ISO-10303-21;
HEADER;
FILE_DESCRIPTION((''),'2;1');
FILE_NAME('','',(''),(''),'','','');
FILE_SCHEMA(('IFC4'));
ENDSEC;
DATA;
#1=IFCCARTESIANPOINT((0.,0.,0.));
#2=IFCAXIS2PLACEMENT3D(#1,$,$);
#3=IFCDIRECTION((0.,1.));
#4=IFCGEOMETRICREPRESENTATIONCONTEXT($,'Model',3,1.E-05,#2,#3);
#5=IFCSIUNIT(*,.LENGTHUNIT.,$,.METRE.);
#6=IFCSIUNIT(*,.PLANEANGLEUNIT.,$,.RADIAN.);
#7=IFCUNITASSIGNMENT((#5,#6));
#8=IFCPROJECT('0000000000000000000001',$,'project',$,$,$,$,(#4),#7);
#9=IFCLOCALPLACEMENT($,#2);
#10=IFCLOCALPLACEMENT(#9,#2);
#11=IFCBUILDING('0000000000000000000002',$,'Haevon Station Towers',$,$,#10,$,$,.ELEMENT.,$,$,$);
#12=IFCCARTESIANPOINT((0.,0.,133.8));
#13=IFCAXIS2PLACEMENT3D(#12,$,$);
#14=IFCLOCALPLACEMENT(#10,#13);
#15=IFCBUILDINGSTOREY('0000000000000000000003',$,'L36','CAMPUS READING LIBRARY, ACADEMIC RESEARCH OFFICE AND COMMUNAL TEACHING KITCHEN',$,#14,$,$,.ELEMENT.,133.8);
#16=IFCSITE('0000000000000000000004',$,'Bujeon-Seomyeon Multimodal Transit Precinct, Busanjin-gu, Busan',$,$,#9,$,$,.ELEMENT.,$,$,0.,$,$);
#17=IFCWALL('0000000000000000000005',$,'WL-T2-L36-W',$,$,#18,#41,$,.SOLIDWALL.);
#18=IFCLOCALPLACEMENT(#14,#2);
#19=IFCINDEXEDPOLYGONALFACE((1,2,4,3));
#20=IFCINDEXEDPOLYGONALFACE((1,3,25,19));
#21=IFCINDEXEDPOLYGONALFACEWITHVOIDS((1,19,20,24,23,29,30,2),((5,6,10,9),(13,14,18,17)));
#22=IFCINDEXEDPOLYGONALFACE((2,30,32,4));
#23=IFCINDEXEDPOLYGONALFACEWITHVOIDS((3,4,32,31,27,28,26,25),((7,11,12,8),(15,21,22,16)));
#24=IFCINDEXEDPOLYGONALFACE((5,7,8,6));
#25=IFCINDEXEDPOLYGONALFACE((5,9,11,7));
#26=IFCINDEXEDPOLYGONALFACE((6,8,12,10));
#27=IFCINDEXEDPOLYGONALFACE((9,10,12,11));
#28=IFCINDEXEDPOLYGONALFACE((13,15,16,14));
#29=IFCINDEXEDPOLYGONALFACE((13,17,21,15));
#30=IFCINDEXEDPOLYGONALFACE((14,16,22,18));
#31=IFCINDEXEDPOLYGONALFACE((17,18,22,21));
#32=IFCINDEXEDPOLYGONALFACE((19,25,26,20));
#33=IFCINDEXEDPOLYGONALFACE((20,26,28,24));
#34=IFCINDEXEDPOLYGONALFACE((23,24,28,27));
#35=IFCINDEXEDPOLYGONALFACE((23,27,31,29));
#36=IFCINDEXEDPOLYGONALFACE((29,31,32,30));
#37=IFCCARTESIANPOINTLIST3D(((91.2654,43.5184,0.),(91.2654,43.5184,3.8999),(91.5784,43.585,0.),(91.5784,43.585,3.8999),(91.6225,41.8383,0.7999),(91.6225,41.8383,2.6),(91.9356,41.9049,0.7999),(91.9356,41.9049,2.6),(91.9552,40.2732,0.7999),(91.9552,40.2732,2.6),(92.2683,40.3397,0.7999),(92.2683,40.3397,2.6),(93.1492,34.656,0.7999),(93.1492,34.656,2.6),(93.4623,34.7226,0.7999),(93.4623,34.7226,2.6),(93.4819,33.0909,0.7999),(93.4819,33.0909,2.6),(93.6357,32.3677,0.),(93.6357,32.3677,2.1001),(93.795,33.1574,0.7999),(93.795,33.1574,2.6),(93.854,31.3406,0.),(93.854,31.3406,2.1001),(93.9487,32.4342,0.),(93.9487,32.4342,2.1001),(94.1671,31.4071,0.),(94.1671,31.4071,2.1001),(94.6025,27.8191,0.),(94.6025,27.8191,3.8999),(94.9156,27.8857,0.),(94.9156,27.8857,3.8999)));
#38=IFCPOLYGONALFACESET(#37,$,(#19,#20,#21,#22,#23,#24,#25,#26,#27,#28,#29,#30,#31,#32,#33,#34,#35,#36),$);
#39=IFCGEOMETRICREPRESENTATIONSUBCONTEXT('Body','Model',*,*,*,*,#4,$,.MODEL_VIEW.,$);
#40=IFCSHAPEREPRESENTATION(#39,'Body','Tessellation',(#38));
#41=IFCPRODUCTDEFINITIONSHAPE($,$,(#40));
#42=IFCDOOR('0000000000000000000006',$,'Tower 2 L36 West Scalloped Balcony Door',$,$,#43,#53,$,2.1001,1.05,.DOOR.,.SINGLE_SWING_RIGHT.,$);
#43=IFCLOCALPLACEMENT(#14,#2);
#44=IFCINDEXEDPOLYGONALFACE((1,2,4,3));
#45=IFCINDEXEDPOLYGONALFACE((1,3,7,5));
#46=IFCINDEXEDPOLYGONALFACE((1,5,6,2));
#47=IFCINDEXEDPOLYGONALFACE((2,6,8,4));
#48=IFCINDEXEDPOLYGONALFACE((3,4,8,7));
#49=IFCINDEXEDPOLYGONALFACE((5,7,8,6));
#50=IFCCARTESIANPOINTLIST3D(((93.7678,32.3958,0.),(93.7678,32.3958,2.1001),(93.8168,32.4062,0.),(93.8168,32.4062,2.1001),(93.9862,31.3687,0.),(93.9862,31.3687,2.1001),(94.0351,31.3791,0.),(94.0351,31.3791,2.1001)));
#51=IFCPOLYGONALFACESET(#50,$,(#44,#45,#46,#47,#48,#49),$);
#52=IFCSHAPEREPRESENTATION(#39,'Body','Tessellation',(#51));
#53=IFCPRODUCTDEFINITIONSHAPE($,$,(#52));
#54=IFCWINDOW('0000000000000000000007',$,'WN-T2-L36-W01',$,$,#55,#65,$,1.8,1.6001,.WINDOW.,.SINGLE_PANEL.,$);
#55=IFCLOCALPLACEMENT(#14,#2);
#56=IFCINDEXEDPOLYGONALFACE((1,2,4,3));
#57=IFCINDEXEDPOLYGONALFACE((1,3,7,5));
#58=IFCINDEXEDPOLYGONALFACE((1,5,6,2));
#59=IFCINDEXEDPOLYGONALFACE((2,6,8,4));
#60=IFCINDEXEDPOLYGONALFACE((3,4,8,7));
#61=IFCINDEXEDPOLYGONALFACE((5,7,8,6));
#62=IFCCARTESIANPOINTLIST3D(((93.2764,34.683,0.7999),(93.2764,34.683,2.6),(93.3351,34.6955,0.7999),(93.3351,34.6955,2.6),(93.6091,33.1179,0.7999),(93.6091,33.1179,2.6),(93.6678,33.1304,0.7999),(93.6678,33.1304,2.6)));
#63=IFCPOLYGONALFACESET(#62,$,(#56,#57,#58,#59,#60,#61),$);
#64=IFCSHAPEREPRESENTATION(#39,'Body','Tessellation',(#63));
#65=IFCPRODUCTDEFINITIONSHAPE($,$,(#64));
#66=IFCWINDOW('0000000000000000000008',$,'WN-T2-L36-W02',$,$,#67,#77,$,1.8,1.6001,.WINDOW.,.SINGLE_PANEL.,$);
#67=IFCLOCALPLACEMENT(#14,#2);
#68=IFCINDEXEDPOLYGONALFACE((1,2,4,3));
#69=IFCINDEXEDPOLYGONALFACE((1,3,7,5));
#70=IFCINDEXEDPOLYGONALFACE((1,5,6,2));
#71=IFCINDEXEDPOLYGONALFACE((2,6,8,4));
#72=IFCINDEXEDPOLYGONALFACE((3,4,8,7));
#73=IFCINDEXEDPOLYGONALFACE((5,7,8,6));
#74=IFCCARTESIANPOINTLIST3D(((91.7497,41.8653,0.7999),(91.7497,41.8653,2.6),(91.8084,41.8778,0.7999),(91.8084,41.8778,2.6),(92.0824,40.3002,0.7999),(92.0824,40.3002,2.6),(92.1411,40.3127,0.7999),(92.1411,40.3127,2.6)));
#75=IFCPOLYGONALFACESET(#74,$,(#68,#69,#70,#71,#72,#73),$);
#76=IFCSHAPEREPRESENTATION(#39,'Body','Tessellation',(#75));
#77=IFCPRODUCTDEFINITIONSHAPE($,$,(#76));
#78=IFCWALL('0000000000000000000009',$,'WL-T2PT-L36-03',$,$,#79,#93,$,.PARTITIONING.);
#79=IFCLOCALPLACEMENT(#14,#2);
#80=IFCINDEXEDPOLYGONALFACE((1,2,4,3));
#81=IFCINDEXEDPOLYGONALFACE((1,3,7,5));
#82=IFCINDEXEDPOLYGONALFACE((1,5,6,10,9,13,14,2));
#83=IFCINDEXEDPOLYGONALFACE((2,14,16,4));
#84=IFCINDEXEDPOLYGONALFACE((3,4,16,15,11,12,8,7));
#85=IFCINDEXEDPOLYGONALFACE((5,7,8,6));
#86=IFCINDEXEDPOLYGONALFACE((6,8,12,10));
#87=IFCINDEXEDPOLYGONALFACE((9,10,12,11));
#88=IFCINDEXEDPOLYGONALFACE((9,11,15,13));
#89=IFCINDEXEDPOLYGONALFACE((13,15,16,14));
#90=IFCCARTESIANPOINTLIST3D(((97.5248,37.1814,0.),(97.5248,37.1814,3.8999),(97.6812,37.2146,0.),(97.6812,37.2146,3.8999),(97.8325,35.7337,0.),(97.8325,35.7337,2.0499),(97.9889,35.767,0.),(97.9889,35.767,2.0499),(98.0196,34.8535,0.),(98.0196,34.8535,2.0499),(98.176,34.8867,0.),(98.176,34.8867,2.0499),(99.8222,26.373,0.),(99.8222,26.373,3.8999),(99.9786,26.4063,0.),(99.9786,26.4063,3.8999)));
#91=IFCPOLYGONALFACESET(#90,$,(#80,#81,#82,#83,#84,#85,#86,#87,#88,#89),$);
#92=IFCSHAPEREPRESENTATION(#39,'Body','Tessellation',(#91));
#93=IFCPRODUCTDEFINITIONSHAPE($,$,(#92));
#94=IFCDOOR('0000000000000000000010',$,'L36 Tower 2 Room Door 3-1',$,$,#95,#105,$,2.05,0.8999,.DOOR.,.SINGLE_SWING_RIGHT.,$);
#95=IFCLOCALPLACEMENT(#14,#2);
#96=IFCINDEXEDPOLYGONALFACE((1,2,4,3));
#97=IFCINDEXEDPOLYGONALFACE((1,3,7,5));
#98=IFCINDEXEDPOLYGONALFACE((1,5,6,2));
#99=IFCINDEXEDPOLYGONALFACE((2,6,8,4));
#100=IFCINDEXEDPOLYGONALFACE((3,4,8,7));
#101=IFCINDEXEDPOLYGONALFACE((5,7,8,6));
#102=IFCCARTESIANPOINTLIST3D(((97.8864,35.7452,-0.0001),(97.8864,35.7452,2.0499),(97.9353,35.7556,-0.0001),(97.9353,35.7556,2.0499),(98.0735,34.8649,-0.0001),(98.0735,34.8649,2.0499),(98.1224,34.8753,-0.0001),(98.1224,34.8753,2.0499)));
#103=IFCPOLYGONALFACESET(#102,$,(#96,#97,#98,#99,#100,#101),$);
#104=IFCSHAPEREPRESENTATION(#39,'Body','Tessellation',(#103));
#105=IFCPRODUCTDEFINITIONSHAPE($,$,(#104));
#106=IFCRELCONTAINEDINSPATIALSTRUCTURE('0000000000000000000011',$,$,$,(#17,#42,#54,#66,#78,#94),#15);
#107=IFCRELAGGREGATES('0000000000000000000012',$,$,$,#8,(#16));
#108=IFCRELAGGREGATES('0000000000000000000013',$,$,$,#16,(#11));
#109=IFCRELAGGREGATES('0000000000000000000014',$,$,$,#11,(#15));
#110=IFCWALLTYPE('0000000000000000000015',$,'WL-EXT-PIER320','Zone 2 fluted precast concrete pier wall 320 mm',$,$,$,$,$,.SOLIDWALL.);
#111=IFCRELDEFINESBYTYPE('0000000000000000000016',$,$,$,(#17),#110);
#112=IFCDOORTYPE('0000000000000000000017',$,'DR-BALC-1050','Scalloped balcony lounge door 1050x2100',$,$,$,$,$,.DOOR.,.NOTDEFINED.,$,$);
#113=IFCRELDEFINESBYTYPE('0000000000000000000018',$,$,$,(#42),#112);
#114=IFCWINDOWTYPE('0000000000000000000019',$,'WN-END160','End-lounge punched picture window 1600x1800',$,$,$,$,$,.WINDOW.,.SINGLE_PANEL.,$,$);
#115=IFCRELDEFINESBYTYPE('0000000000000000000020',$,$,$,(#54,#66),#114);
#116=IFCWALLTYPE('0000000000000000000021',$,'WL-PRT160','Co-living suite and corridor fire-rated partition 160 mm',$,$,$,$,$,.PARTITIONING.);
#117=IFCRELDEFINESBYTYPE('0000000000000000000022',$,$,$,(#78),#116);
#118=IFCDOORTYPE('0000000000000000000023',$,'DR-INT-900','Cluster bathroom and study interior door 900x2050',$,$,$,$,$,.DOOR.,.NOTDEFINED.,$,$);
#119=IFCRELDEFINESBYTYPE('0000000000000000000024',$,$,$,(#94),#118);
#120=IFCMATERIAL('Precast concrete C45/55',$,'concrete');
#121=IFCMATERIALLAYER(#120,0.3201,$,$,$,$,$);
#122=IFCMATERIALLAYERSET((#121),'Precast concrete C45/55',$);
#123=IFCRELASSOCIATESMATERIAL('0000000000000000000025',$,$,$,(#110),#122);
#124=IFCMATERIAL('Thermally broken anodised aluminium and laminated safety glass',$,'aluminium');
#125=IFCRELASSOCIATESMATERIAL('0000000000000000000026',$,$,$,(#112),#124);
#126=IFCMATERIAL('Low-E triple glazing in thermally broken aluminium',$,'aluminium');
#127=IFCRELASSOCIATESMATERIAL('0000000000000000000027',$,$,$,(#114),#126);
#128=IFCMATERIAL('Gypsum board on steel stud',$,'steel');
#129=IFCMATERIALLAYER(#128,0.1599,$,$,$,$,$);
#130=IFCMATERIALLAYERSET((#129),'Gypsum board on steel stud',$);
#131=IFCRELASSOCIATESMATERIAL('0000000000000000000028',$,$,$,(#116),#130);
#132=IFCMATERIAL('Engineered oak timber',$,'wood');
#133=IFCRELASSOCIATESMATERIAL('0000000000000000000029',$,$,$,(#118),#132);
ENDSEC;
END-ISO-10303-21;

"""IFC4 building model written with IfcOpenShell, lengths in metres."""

from ifc_helpers import new_model, si_unit, direction, frame, frame_2d, origin, place, context, subcontext, project, spatial, rectangle, extrude, material, layer, layer_set, type_object, element, fill, save


model = new_model("IFC4")

# Units and contexts
model_context = context("Model", 3, precision=1e-05, world=origin(), true_north=direction((0.0, 1.0)))
body_context = subcontext(model_context, "Body", "Model", "MODEL_VIEW")
ifc_project = project(units=[si_unit("LENGTHUNIT", "METRE"), si_unit("PLANEANGLEUNIT", "RADIAN")], contexts=[model_context])

# Site, building, storey
site_placement = place(None, origin())
site = spatial("IfcSite", under=ifc_project, at=site_placement, Name="Bujeon-Seomyeon Multimodal Transit Precinct, Busanjin-gu, Busan", CompositionType="ELEMENT", RefElevation=0.0)
building_placement = place(site_placement, origin())
building = spatial("IfcBuilding", under=site, at=building_placement, Name="Haevon Station Towers", CompositionType="ELEMENT")
storey_placement = place(building_placement, frame((0.0, 0.0, 133.8)))
storey = spatial("IfcBuildingStorey", under=building, at=storey_placement, Name="L36", Description="CAMPUS READING LIBRARY, ACADEMIC RESEARCH OFFICE AND COMMUNAL TEACHING KITCHEN", CompositionType="ELEMENT", Elevation=133.8)

# Shared definitions
ifc_material_1 = material(Name="Precast concrete C45/55", Category="concrete")
ifc_layer_1 = layer(ifc_material_1, 0.3201)
ifc_layer_set_1 = layer_set([ifc_layer_1], Name="Precast concrete C45/55")
wall_type_1 = type_object("IfcWallType", Name="WL-EXT-PIER320", Description="Zone 2 fluted precast concrete pier wall 320 mm", PredefinedType="SOLIDWALL", material=ifc_layer_set_1)

# Wall, openings, door, windows
wall_1_placement = place(storey_placement, frame((94.759, 27.8525, 0.0), z_axis=(0.0, 0.0, 1.0), x_axis=(-0.207923, 0.978145, 0.0)))
wall_1 = element("IfcWall", 1, at=wall_1_placement, inside=storey, type_object=wall_type_1, Name="WL-T2-L36-W", PredefinedType="SOLIDWALL", context=body_context, shape_type="SweptSolid", body=[
    extrude(rectangle(XDim=16.05, YDim=0.3201, at=frame_2d((8.0249, 0.0))), origin(), (0.0, 0.0, 1.0), 3.8999),
])
opening_1_placement = place(wall_1_placement, frame((3.6001, 0.0, 0.0)))
opening_1 = element("IfcOpeningElement", 2, at=opening_1_placement, cuts=wall_1, PredefinedType="OPENING", context=body_context, shape_type="SweptSolid", body=[
    extrude(rectangle(XDim=1.05, YDim=2.1001, at=frame_2d((0.5249, 1.05))), frame((0.0, 0.1699, 0.0), z_axis=(0.0, -1.0, 0.0), x_axis=(1.0, 0.0, 0.0)), (0.0, 0.0, 1.0), 0.3401),
])
opening_2_placement = place(wall_1_placement, frame((5.3894, 0.0, 0.8)))
opening_2 = element("IfcOpeningElement", 3, at=opening_2_placement, cuts=wall_1, PredefinedType="OPENING", context=body_context, shape_type="SweptSolid", body=[
    extrude(rectangle(XDim=1.6001, YDim=1.8, at=frame_2d((0.8, 0.8999))), frame((0.0, 0.1699, 0.0), z_axis=(0.0, -1.0, 0.0), x_axis=(1.0, 0.0, 0.0)), (0.0, 0.0, 1.0), 0.3401),
])
opening_3_placement = place(wall_1_placement, frame((12.7322, 0.0, 0.8)))
opening_3 = element("IfcOpeningElement", 4, at=opening_3_placement, cuts=wall_1, PredefinedType="OPENING", context=body_context, shape_type="SweptSolid", body=[
    extrude(rectangle(XDim=1.6001, YDim=1.8, at=frame_2d((0.8, 0.8999))), frame((0.0, 0.1699, 0.0), z_axis=(0.0, -1.0, 0.0), x_axis=(1.0, 0.0, 0.0)), (0.0, 0.0, 1.0), 0.3401),
])
ifc_material_2 = material(Name="Thermally broken anodised aluminium and laminated safety glass", Category="aluminium")
door_type_1 = type_object("IfcDoorType", Name="DR-BALC-1050", Description="Scalloped balcony lounge door 1050x2100", OperationType="NOTDEFINED", PredefinedType="DOOR", material=ifc_material_2)
door_1_placement = place(opening_1_placement, origin())
door_1 = element("IfcDoor", 5, at=door_1_placement, inside=storey, type_object=door_type_1, Name="Tower 2 L36 West Scalloped Balcony Door", OperationType="SINGLE_SWING_RIGHT", OverallHeight=2.1001, OverallWidth=1.05, PredefinedType="DOOR", context=body_context, shape_type="SweptSolid", body=[
    extrude(rectangle(XDim=1.05, YDim=2.1001, at=frame_2d((0.5249, 1.05))), frame((0.0, 0.0249, 0.0), z_axis=(0.0, -1.0, 0.0), x_axis=(1.0, 0.0, 0.0)), (0.0, 0.0, 1.0), 0.05),
])
fill(opening_1, door_1)
ifc_material_3 = material(Name="Low-E triple glazing in thermally broken aluminium", Category="aluminium")
window_type = type_object("IfcWindowType", Name="WN-END160", Description="End-lounge punched picture window 1600x1800", PartitioningType="SINGLE_PANEL", PredefinedType="WINDOW", material=ifc_material_3)
window_1_placement = place(opening_2_placement, origin())
window_1 = element("IfcWindow", 6, at=window_1_placement, inside=storey, type_object=window_type, Name="WN-T2-L36-W01", OverallHeight=1.8, OverallWidth=1.6001, PartitioningType="SINGLE_PANEL", PredefinedType="WINDOW", context=body_context, shape_type="SweptSolid", body=[
    extrude(rectangle(XDim=1.6001, YDim=1.8, at=frame_2d((0.8, 0.8999))), frame((0.0, 0.03, 0.0), z_axis=(0.0, -1.0, 0.0), x_axis=(1.0, 0.0, 0.0)), (0.0, 0.0, 1.0), 0.0601),
])
fill(opening_2, window_1)
window_2_placement = place(opening_3_placement, origin())
window_2 = element("IfcWindow", 7, at=window_2_placement, inside=storey, type_object=window_type, Name="WN-T2-L36-W02", OverallHeight=1.8, OverallWidth=1.6001, PartitioningType="SINGLE_PANEL", PredefinedType="WINDOW", context=body_context, shape_type="SweptSolid", body=[
    extrude(rectangle(XDim=1.6001, YDim=1.8, at=frame_2d((0.8, 0.8999))), frame((0.0, 0.03, 0.0), z_axis=(0.0, -1.0, 0.0), x_axis=(1.0, 0.0, 0.0)), (0.0, 0.0, 1.0), 0.0601),
])
fill(opening_3, window_2)

# Wall, opening, door
ifc_material_4 = material(Name="Gypsum board on steel stud", Category="steel")
ifc_layer_2 = layer(ifc_material_4, 0.1599)
ifc_layer_set_2 = layer_set([ifc_layer_2], Name="Gypsum board on steel stud")
wall_type_2 = type_object("IfcWallType", Name="WL-PRT160", Description="Co-living suite and corridor fire-rated partition 160 mm", PredefinedType="PARTITIONING", material=ifc_layer_set_2)
wall_2_placement = place(storey_placement, frame((99.9004, 26.3896, 0.0), z_axis=(0.0, 0.0, 1.0), x_axis=(-0.20791, 0.978148, 0.0)))
wall_2 = element("IfcWall", 8, at=wall_2_placement, inside=storey, type_object=wall_type_2, Name="WL-T2PT-L36-03", PredefinedType="PARTITIONING", context=body_context, shape_type="SweptSolid", body=[
    extrude(rectangle(XDim=11.0498, YDim=0.1599, at=frame_2d((5.5249, 0.0))), origin(), (0.0, 0.0, 1.0), 3.8999),
])
opening_4_placement = place(wall_2_placement, frame((8.6699, 0.0, 0.0)))
opening_4 = element("IfcOpeningElement", 9, at=opening_4_placement, cuts=wall_2, PredefinedType="OPENING", context=body_context, shape_type="SweptSolid", body=[
    extrude(rectangle(XDim=0.8999, YDim=2.05, at=frame_2d((0.45, 1.0249))), frame((0.0, 0.0898, 0.0), z_axis=(0.0, -1.0, 0.0), x_axis=(1.0, 0.0, 0.0)), (0.0, 0.0, 1.0), 0.1799),
])
ifc_material_5 = material(Name="Engineered oak timber", Category="wood")
door_type_2 = type_object("IfcDoorType", Name="DR-INT-900", Description="Cluster bathroom and study interior door 900x2050", OperationType="NOTDEFINED", PredefinedType="DOOR", material=ifc_material_5)
door_2_placement = place(opening_4_placement, origin())
door_2 = element("IfcDoor", 10, at=door_2_placement, inside=storey, type_object=door_type_2, Name="L36 Tower 2 Room Door 3-1", OperationType="SINGLE_SWING_RIGHT", OverallHeight=2.05, OverallWidth=0.8999, PredefinedType="DOOR", context=body_context, shape_type="SweptSolid", body=[
    extrude(rectangle(XDim=0.8999, YDim=2.05, at=frame_2d((0.45, 1.0249))), frame((0.0, 0.0249, 0.0), z_axis=(0.0, -1.0, 0.0), x_axis=(1.0, 0.0, 0.0)), (0.0, 0.0, 1.0), 0.05),
])
fill(opening_4, door_2)

save(model, "model.ifc")
